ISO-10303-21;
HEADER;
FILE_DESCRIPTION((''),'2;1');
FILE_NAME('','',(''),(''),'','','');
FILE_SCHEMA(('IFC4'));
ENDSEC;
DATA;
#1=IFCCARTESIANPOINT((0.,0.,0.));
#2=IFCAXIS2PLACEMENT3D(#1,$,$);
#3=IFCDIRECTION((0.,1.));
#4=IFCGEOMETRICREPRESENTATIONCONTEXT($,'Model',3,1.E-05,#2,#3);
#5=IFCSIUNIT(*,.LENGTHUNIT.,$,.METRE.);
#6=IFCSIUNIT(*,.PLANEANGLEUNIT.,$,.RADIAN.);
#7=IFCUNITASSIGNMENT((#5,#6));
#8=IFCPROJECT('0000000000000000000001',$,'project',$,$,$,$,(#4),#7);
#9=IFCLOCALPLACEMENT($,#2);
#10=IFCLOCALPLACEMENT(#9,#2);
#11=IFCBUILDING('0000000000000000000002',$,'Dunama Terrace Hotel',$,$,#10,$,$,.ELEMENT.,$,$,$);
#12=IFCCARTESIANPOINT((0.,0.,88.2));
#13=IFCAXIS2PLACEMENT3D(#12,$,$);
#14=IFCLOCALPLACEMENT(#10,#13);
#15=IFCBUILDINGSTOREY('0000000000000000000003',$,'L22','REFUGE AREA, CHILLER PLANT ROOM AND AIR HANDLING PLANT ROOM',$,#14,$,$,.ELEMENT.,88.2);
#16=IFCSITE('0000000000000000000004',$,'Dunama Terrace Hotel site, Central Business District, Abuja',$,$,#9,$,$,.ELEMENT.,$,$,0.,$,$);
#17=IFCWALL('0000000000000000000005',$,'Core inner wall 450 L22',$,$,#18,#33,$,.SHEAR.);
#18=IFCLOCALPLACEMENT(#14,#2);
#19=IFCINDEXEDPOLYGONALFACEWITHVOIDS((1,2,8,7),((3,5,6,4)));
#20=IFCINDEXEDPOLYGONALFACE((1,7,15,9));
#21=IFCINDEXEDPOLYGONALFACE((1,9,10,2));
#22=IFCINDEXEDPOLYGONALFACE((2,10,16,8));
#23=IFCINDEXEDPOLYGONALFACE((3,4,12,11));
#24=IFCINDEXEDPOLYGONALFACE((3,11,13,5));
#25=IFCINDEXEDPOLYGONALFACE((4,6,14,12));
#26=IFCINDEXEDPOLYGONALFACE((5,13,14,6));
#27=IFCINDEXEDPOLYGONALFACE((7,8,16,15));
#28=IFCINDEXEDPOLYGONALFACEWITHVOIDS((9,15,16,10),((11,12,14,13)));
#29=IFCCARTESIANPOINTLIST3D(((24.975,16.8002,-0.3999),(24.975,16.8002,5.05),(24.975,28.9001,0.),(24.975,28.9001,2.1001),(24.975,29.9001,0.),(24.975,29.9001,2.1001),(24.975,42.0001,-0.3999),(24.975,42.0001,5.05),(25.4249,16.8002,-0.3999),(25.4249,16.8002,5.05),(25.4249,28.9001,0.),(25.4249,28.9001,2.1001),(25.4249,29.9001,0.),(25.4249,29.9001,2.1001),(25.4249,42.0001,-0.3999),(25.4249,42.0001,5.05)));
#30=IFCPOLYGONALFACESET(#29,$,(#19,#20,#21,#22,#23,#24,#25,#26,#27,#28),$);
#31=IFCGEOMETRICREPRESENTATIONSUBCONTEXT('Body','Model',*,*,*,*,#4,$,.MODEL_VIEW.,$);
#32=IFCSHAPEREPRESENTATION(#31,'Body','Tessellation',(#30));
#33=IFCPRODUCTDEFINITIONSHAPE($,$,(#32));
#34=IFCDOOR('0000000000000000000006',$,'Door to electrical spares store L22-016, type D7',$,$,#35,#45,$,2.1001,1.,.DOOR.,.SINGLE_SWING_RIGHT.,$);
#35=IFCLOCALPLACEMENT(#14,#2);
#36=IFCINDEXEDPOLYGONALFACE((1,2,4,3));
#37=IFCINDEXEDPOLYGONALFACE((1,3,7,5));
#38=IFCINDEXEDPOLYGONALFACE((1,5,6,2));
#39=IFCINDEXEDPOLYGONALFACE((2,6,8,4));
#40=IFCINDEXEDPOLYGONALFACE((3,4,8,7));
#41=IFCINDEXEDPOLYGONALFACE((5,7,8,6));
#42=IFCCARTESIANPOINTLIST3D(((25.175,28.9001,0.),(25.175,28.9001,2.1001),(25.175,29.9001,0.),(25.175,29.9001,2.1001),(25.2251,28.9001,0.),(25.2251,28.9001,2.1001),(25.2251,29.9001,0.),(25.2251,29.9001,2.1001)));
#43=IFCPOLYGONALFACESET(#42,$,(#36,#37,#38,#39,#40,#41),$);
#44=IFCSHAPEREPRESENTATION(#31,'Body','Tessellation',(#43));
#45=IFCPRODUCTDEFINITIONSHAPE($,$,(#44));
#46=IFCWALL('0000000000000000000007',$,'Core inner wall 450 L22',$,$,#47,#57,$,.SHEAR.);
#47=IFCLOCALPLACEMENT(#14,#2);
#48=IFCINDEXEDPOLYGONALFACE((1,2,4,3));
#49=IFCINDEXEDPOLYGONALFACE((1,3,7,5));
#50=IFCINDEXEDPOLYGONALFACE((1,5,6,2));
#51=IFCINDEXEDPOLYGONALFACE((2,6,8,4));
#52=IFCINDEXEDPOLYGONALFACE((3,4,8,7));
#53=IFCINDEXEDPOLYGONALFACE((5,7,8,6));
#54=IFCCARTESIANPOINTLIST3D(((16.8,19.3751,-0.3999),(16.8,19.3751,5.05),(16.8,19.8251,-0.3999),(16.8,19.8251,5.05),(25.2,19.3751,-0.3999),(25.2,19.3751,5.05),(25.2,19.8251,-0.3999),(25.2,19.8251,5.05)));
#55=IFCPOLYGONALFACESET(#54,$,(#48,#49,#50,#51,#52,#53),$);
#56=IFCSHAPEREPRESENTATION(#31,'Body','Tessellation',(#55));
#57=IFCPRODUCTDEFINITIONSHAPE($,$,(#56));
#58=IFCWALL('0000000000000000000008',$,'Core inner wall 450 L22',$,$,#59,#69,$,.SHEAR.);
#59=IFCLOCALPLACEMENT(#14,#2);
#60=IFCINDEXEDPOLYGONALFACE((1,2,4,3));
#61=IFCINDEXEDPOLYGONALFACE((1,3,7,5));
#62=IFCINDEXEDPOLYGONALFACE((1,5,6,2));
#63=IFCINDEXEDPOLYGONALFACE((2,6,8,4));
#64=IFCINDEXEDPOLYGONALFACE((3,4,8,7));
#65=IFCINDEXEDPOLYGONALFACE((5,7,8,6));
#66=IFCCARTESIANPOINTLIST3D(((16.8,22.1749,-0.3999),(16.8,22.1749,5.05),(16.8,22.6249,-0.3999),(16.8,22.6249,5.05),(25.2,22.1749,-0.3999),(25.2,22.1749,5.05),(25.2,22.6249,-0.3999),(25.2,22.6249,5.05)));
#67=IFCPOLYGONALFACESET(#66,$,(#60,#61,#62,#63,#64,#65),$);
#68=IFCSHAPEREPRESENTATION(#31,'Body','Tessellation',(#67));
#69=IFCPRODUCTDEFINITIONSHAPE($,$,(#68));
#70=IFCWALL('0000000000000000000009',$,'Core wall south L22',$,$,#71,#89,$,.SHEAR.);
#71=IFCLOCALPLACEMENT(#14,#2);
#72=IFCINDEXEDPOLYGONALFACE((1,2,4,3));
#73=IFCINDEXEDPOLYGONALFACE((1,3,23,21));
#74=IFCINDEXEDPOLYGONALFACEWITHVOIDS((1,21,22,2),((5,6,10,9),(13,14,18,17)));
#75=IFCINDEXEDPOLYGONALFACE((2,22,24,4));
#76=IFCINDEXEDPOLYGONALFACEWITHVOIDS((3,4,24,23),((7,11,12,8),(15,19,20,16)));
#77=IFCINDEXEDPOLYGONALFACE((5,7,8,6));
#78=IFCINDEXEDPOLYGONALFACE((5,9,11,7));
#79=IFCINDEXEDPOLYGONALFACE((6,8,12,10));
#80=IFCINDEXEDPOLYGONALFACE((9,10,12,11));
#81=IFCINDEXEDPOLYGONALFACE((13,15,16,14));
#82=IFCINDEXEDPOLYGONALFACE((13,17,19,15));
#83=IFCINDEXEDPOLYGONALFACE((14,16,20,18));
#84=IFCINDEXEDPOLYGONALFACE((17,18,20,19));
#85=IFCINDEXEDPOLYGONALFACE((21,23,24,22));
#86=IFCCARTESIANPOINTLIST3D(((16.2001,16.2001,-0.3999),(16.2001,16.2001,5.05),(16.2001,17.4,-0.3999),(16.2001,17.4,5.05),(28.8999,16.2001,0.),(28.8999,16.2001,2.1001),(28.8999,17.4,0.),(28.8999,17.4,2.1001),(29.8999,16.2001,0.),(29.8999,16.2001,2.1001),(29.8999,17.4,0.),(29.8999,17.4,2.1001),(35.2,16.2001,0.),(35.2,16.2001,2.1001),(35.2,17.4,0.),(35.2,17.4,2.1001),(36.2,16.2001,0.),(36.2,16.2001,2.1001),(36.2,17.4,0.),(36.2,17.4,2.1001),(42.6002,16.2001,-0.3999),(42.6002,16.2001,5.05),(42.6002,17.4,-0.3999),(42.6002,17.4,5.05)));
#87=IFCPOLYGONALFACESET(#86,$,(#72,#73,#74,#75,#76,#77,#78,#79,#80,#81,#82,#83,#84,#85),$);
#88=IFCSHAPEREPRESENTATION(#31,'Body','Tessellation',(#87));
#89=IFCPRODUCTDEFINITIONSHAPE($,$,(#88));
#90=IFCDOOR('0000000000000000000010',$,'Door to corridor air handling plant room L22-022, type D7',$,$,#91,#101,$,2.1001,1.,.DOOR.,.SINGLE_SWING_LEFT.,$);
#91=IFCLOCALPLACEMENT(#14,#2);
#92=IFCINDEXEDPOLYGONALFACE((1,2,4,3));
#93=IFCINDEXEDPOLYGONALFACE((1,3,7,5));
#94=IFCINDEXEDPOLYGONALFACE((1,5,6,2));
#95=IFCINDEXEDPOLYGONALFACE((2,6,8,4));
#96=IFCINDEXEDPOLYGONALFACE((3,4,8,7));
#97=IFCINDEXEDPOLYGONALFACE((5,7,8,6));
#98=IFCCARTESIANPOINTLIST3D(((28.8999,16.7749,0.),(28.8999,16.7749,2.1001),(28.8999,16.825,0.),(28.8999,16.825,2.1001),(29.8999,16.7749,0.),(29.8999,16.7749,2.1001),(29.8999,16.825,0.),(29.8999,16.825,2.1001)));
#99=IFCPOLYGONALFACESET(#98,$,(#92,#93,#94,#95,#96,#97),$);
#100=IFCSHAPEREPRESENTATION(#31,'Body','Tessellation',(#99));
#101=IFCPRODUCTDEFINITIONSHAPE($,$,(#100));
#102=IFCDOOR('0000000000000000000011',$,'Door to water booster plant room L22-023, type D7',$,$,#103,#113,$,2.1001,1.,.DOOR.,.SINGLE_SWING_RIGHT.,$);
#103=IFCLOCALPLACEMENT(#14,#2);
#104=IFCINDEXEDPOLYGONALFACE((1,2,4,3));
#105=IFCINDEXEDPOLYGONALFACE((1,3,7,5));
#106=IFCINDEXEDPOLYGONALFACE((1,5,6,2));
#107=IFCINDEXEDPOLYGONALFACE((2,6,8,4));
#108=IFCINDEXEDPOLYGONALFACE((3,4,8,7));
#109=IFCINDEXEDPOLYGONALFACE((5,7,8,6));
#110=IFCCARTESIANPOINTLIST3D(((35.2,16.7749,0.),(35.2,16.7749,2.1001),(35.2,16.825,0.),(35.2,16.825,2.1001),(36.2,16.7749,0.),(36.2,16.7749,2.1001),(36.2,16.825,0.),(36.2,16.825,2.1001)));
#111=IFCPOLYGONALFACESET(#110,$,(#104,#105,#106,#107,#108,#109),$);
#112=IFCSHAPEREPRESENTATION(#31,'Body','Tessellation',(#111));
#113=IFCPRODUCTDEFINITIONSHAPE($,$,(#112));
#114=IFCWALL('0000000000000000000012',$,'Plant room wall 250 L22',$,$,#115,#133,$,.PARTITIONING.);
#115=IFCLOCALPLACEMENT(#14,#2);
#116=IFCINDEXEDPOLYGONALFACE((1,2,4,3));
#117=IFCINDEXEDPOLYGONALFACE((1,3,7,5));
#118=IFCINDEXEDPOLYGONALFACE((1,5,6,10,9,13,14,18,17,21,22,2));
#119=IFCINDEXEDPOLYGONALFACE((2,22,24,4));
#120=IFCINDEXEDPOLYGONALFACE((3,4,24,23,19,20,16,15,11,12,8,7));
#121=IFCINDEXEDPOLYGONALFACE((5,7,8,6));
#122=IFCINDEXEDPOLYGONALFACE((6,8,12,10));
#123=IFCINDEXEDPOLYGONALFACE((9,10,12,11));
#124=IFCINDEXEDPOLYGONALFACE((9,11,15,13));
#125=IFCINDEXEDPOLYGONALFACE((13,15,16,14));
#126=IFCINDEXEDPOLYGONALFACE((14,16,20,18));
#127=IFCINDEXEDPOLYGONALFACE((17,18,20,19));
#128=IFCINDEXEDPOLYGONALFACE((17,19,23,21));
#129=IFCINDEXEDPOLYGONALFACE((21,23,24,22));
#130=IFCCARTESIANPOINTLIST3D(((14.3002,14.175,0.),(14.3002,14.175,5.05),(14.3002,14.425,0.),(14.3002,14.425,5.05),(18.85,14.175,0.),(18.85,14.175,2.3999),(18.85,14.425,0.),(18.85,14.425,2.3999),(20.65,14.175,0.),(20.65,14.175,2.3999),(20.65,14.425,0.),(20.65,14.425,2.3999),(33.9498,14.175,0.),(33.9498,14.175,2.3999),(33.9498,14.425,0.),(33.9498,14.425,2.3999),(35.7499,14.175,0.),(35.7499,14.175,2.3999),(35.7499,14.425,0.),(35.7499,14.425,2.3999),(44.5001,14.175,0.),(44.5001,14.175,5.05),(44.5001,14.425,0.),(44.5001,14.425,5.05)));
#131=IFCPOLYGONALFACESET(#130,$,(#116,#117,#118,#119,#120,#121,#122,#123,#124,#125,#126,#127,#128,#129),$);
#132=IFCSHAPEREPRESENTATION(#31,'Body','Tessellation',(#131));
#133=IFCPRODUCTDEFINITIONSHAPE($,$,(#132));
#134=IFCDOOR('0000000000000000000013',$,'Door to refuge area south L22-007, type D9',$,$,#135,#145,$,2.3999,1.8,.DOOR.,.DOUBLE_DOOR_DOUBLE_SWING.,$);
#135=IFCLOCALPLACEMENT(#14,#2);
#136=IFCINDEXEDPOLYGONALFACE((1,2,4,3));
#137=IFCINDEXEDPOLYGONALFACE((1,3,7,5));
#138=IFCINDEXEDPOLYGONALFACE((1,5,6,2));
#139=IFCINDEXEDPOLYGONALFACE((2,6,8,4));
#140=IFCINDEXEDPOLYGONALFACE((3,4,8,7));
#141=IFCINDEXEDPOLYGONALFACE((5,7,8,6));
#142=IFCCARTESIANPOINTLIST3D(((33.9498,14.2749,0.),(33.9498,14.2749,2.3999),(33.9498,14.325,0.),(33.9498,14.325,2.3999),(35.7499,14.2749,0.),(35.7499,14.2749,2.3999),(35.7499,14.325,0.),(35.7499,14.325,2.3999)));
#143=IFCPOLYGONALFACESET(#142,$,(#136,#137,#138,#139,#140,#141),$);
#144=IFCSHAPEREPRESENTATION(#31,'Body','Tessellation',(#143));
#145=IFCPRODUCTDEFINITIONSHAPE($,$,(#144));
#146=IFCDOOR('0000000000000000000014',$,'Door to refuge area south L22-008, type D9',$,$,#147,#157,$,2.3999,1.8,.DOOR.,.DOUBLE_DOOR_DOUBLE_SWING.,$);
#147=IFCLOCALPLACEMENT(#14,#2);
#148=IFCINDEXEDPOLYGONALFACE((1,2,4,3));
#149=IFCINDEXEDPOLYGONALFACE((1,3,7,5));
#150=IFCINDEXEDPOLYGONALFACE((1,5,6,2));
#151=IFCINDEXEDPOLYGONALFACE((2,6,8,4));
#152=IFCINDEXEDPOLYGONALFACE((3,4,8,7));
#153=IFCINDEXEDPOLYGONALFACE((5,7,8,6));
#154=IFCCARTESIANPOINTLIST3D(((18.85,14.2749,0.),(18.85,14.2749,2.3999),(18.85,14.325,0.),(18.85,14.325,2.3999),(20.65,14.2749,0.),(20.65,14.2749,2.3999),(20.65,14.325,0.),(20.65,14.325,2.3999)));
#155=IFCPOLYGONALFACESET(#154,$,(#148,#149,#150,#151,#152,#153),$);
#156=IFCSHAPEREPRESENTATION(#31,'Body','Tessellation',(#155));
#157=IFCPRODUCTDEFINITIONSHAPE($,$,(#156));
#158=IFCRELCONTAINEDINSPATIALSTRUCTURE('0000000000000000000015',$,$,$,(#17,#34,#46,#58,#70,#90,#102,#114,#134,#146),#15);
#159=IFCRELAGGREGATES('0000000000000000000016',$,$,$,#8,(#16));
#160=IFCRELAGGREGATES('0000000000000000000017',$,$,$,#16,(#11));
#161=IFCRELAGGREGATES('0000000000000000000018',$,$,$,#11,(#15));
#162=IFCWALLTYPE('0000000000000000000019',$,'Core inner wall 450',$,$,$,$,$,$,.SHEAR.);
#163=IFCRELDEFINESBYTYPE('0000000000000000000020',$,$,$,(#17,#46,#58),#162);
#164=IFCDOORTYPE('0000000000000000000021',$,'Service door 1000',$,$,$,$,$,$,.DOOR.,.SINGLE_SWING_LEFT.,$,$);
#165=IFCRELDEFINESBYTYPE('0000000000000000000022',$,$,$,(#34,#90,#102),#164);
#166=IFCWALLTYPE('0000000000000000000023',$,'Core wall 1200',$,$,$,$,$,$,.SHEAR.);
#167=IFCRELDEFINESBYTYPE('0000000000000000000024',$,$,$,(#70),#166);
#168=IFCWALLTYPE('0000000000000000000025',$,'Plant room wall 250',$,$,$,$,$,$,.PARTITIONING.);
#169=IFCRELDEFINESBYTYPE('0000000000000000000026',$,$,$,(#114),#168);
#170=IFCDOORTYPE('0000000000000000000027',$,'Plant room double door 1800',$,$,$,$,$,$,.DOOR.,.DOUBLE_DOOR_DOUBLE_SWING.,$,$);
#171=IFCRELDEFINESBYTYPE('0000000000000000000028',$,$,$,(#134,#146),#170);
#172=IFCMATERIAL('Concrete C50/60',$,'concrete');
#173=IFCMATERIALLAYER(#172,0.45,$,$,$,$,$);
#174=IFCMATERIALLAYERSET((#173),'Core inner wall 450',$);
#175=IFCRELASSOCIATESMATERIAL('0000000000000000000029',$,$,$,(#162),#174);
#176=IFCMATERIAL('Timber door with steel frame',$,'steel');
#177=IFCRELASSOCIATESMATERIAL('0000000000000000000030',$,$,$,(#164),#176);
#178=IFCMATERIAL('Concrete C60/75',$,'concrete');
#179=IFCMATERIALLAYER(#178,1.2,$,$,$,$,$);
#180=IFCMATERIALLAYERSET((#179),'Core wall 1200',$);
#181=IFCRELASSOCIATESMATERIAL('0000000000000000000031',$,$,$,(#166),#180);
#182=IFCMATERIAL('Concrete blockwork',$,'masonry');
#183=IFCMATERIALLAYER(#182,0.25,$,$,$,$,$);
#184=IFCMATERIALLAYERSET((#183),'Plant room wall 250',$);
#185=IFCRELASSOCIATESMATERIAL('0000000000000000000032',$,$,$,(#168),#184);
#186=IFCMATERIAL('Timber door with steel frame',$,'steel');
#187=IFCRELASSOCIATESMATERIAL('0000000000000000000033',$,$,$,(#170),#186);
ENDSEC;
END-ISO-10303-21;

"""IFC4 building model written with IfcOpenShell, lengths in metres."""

from ifc_helpers import new_model, si_unit, direction, frame, frame_2d, origin, place, context, subcontext, project, spatial, rectangle, extrude, material, layer, layer_set, type_object, element, fill, save


model = new_model("IFC4")

# Units and contexts
model_context = context("Model", 3, precision=1e-05, world=origin(), true_north=direction((0.0, 1.0)))
body_context = subcontext(model_context, "Body", "Model", "MODEL_VIEW")
ifc_project = project(units=[si_unit("LENGTHUNIT", "METRE"), si_unit("PLANEANGLEUNIT", "RADIAN")], contexts=[model_context])

# Site, building, storey
site_placement = place(None, origin())
site = spatial("IfcSite", under=ifc_project, at=site_placement, Name="Dunama Terrace Hotel site, Central Business District, Abuja", CompositionType="ELEMENT", RefElevation=0.0)
building_placement = place(site_placement, origin())
building = spatial("IfcBuilding", under=site, at=building_placement, Name="Dunama Terrace Hotel", CompositionType="ELEMENT")
storey_placement = place(building_placement, frame((0.0, 0.0, 88.2)))
storey = spatial("IfcBuildingStorey", under=building, at=storey_placement, Name="L22", Description="REFUGE AREA, CHILLER PLANT ROOM AND AIR HANDLING PLANT ROOM", CompositionType="ELEMENT", Elevation=88.2)

# Shared definitions
ifc_material_1 = material(Name="Concrete C50/60", Category="concrete")
ifc_layer_1 = layer(ifc_material_1, 0.45)
ifc_layer_set_1 = layer_set([ifc_layer_1], Name="Core inner wall 450")
wall_type_1 = type_object("IfcWallType", Name="Core inner wall 450", PredefinedType="SHEAR", material=ifc_layer_set_1)

# Wall, opening, door
wall_1_placement = place(storey_placement, frame((25.2, 16.8, -0.3999), z_axis=(0.0, 0.0, 1.0), x_axis=(0.0, 1.0, 0.0)))
wall_1 = element("IfcWall", 1, at=wall_1_placement, inside=storey, type_object=wall_type_1, Name="Core inner wall 450 L22", PredefinedType="SHEAR", context=body_context, shape_type="SweptSolid", body=[
    extrude(rectangle(XDim=25.2, YDim=0.45, at=frame_2d((12.6001, 0.0))), origin(), (0.0, 0.0, 1.0), 5.45),
])
opening_1_placement = place(wall_1_placement, frame((12.1001, 0.0, 0.3999)))
opening_1 = element("IfcOpeningElement", 2, at=opening_1_placement, cuts=wall_1, PredefinedType="OPENING", context=body_context, shape_type="SweptSolid", body=[
    extrude(rectangle(XDim=1.0, YDim=2.1001, at=frame_2d((0.5, 1.05))), frame((0.0, 0.2349, 0.0), z_axis=(0.0, -1.0, 0.0), x_axis=(1.0, 0.0, 0.0)), (0.0, 0.0, 1.0), 0.47),
])
ifc_material_2 = material(Name="Timber door with steel frame", Category="steel")
door_type_1 = type_object("IfcDoorType", Name="Service door 1000", OperationType="SINGLE_SWING_LEFT", PredefinedType="DOOR", material=ifc_material_2)
door_1_placement = place(opening_1_placement, frame((1.0, 0.0, 0.0), z_axis=(0.0, 0.0, 1.0), x_axis=(-1.0, 0.0, 0.0)))
door_1 = element("IfcDoor", 3, at=door_1_placement, inside=storey, type_object=door_type_1, Name="Door to electrical spares store L22-016, type D7", OperationType="SINGLE_SWING_RIGHT", OverallHeight=2.1001, OverallWidth=1.0, PredefinedType="DOOR", context=body_context, shape_type="SweptSolid", body=[
    extrude(rectangle(XDim=1.0, YDim=2.1001, at=frame_2d((0.5, 1.05))), frame((0.0, 0.0251, 0.0), z_axis=(0.0, -1.0, 0.0), x_axis=(1.0, 0.0, 0.0)), (0.0, 0.0, 1.0), 0.05),
])
fill(opening_1, door_1)

# Walls
for number, where, z_axis, x_axis, name in (
    (4, (16.8, 19.6001, -0.3999), (0.0, 0.0, 1.0), (1.0, 0.0, 0.0), "Core inner wall 450 L22"),
    (5, (16.8, 22.3999, -0.3999), (0.0, 0.0, 1.0), (1.0, 0.0, 0.0), "Core inner wall 450 L22"),
):
    element("IfcWall", number, at=place(storey_placement, frame(where, z_axis=z_axis, x_axis=x_axis)), inside=storey, type_object=wall_type_1, Name=name, PredefinedType="SHEAR", context=body_context, shape_type="SweptSolid", body=[
        extrude(rectangle(XDim=8.3999, YDim=0.45, at=frame_2d((4.2, 0.0))), origin(), (0.0, 0.0, 1.0), 5.45),
    ])

# Walls, openings, doors
ifc_material_3 = material(Name="Concrete C60/75", Category="concrete")
ifc_layer_2 = layer(ifc_material_3, 1.2)
ifc_layer_set_2 = layer_set([ifc_layer_2], Name="Core wall 1200")
wall_type_2 = type_object("IfcWallType", Name="Core wall 1200", PredefinedType="SHEAR", material=ifc_layer_set_2)
wall_2_placement = place(storey_placement, frame((16.2, 16.8, -0.3999), z_axis=(0.0, 0.0, 1.0), x_axis=(1.0, 0.0, 0.0)))
wall_2 = element("IfcWall", 6, at=wall_2_placement, inside=storey, type_object=wall_type_2, Name="Core wall south L22", PredefinedType="SHEAR", context=body_context, shape_type="SweptSolid", body=[
    extrude(rectangle(XDim=26.4001, YDim=1.2, at=frame_2d((13.2002, 0.0))), origin(), (0.0, 0.0, 1.0), 5.45),
])
opening_2_placement = place(wall_2_placement, frame((12.7, 0.0, 0.3999)))
opening_2 = element("IfcOpeningElement", 7, at=opening_2_placement, cuts=wall_2, PredefinedType="OPENING", context=body_context, shape_type="SweptSolid", body=[
    extrude(rectangle(XDim=1.0, YDim=2.1001, at=frame_2d((0.5, 1.05))), frame((0.0, 0.6099, 0.0), z_axis=(0.0, -1.0, 0.0), x_axis=(1.0, 0.0, 0.0)), (0.0, 0.0, 1.0), 1.22),
])
opening_3_placement = place(wall_2_placement, frame((19.0, 0.0, 0.3999)))
opening_3 = element("IfcOpeningElement", 8, at=opening_3_placement, cuts=wall_2, PredefinedType="OPENING", context=body_context, shape_type="SweptSolid", body=[
    extrude(rectangle(XDim=1.0, YDim=2.1001, at=frame_2d((0.5, 1.05))), frame((0.0, 0.6099, 0.0), z_axis=(0.0, -1.0, 0.0), x_axis=(1.0, 0.0, 0.0)), (0.0, 0.0, 1.0), 1.22),
])
door_2_placement = place(opening_2_placement, origin())
door_2 = element("IfcDoor", 9, at=door_2_placement, inside=storey, type_object=door_type_1, Name="Door to corridor air handling plant room L22-022, type D7", OperationType="SINGLE_SWING_LEFT", OverallHeight=2.1001, OverallWidth=1.0, PredefinedType="DOOR", context=body_context, shape_type="SweptSolid", body=[
    extrude(rectangle(XDim=1.0, YDim=2.1001, at=frame_2d((0.5, 1.05))), frame((0.0, 0.0249, 0.0), z_axis=(0.0, -1.0, 0.0), x_axis=(1.0, 0.0, 0.0)), (0.0, 0.0, 1.0), 0.05),
])
fill(opening_2, door_2)
door_3_placement = place(opening_3_placement, origin())
door_3 = element("IfcDoor", 10, at=door_3_placement, inside=storey, type_object=door_type_1, Name="Door to water booster plant room L22-023, type D7", OperationType="SINGLE_SWING_RIGHT", OverallHeight=2.1001, OverallWidth=1.0, PredefinedType="DOOR", context=body_context, shape_type="SweptSolid", body=[
    extrude(rectangle(XDim=1.0, YDim=2.1001, at=frame_2d((0.5, 1.05))), frame((0.0, 0.0249, 0.0), z_axis=(0.0, -1.0, 0.0), x_axis=(1.0, 0.0, 0.0)), (0.0, 0.0, 1.0), 0.05),
])
fill(opening_3, door_3)
ifc_material_4 = material(Name="Concrete blockwork", Category="masonry")
ifc_layer_3 = layer(ifc_material_4, 0.25)
ifc_layer_set_3 = layer_set([ifc_layer_3], Name="Plant room wall 250")
wall_type_3 = type_object("IfcWallType", Name="Plant room wall 250", PredefinedType="PARTITIONING", material=ifc_layer_set_3)
wall_3_placement = place(storey_placement, frame((14.3, 14.3, 0.0), z_axis=(0.0, 0.0, 1.0), x_axis=(1.0, 0.0, 0.0)))
wall_3 = element("IfcWall", 11, at=wall_3_placement, inside=storey, type_object=wall_type_3, Name="Plant room wall 250 L22", PredefinedType="PARTITIONING", context=body_context, shape_type="SweptSolid", body=[
    extrude(rectangle(XDim=30.2, YDim=0.25, at=frame_2d((15.1001, 0.0))), origin(), (0.0, 0.0, 1.0), 5.05),
])
opening_4_placement = place(wall_3_placement, frame((19.6499, 0.0, 0.0)))
opening_4 = element("IfcOpeningElement", 12, at=opening_4_placement, cuts=wall_3, PredefinedType="OPENING", context=body_context, shape_type="SweptSolid", body=[
    extrude(rectangle(XDim=1.8, YDim=2.3999, at=frame_2d((0.8999, 1.2))), frame((0.0, 0.135, 0.0), z_axis=(0.0, -1.0, 0.0), x_axis=(1.0, 0.0, 0.0)), (0.0, 0.0, 1.0), 0.27),
])
opening_5_placement = place(wall_3_placement, frame((4.55, 0.0, 0.0)))
opening_5 = element("IfcOpeningElement", 13, at=opening_5_placement, cuts=wall_3, PredefinedType="OPENING", context=body_context, shape_type="SweptSolid", body=[
    extrude(rectangle(XDim=1.8, YDim=2.3999, at=frame_2d((0.8999, 1.2))), frame((0.0, 0.135, 0.0), z_axis=(0.0, -1.0, 0.0), x_axis=(1.0, 0.0, 0.0)), (0.0, 0.0, 1.0), 0.27),
])
ifc_material_5 = material(Name="Timber door with steel frame", Category="steel")
door_type_2 = type_object("IfcDoorType", Name="Plant room double door 1800", OperationType="DOUBLE_DOOR_DOUBLE_SWING", PredefinedType="DOOR", material=ifc_material_5)
door_4_placement = place(opening_4_placement, origin())
door_4 = element("IfcDoor", 14, at=door_4_placement, inside=storey, type_object=door_type_2, Name="Door to refuge area south L22-007, type D9", OperationType="DOUBLE_DOOR_DOUBLE_SWING", OverallHeight=2.3999, OverallWidth=1.8, PredefinedType="DOOR", context=body_context, shape_type="SweptSolid", body=[
    extrude(rectangle(XDim=1.8, YDim=2.3999, at=frame_2d((0.8999, 1.2))), frame((0.0, 0.0249, 0.0), z_axis=(0.0, -1.0, 0.0), x_axis=(1.0, 0.0, 0.0)), (0.0, 0.0, 1.0), 0.05),
])
fill(opening_4, door_4)
door_5_placement = place(opening_5_placement, origin())
door_5 = element("IfcDoor", 15, at=door_5_placement, inside=storey, type_object=door_type_2, Name="Door to refuge area south L22-008, type D9", OperationType="DOUBLE_DOOR_DOUBLE_SWING", OverallHeight=2.3999, OverallWidth=1.8, PredefinedType="DOOR", context=body_context, shape_type="SweptSolid", body=[
    extrude(rectangle(XDim=1.8, YDim=2.3999, at=frame_2d((0.8999, 1.2))), frame((0.0, 0.0249, 0.0), z_axis=(0.0, -1.0, 0.0), x_axis=(1.0, 0.0, 0.0)), (0.0, 0.0, 1.0), 0.05),
])
fill(opening_5, door_5)

save(model, "model.ifc")
